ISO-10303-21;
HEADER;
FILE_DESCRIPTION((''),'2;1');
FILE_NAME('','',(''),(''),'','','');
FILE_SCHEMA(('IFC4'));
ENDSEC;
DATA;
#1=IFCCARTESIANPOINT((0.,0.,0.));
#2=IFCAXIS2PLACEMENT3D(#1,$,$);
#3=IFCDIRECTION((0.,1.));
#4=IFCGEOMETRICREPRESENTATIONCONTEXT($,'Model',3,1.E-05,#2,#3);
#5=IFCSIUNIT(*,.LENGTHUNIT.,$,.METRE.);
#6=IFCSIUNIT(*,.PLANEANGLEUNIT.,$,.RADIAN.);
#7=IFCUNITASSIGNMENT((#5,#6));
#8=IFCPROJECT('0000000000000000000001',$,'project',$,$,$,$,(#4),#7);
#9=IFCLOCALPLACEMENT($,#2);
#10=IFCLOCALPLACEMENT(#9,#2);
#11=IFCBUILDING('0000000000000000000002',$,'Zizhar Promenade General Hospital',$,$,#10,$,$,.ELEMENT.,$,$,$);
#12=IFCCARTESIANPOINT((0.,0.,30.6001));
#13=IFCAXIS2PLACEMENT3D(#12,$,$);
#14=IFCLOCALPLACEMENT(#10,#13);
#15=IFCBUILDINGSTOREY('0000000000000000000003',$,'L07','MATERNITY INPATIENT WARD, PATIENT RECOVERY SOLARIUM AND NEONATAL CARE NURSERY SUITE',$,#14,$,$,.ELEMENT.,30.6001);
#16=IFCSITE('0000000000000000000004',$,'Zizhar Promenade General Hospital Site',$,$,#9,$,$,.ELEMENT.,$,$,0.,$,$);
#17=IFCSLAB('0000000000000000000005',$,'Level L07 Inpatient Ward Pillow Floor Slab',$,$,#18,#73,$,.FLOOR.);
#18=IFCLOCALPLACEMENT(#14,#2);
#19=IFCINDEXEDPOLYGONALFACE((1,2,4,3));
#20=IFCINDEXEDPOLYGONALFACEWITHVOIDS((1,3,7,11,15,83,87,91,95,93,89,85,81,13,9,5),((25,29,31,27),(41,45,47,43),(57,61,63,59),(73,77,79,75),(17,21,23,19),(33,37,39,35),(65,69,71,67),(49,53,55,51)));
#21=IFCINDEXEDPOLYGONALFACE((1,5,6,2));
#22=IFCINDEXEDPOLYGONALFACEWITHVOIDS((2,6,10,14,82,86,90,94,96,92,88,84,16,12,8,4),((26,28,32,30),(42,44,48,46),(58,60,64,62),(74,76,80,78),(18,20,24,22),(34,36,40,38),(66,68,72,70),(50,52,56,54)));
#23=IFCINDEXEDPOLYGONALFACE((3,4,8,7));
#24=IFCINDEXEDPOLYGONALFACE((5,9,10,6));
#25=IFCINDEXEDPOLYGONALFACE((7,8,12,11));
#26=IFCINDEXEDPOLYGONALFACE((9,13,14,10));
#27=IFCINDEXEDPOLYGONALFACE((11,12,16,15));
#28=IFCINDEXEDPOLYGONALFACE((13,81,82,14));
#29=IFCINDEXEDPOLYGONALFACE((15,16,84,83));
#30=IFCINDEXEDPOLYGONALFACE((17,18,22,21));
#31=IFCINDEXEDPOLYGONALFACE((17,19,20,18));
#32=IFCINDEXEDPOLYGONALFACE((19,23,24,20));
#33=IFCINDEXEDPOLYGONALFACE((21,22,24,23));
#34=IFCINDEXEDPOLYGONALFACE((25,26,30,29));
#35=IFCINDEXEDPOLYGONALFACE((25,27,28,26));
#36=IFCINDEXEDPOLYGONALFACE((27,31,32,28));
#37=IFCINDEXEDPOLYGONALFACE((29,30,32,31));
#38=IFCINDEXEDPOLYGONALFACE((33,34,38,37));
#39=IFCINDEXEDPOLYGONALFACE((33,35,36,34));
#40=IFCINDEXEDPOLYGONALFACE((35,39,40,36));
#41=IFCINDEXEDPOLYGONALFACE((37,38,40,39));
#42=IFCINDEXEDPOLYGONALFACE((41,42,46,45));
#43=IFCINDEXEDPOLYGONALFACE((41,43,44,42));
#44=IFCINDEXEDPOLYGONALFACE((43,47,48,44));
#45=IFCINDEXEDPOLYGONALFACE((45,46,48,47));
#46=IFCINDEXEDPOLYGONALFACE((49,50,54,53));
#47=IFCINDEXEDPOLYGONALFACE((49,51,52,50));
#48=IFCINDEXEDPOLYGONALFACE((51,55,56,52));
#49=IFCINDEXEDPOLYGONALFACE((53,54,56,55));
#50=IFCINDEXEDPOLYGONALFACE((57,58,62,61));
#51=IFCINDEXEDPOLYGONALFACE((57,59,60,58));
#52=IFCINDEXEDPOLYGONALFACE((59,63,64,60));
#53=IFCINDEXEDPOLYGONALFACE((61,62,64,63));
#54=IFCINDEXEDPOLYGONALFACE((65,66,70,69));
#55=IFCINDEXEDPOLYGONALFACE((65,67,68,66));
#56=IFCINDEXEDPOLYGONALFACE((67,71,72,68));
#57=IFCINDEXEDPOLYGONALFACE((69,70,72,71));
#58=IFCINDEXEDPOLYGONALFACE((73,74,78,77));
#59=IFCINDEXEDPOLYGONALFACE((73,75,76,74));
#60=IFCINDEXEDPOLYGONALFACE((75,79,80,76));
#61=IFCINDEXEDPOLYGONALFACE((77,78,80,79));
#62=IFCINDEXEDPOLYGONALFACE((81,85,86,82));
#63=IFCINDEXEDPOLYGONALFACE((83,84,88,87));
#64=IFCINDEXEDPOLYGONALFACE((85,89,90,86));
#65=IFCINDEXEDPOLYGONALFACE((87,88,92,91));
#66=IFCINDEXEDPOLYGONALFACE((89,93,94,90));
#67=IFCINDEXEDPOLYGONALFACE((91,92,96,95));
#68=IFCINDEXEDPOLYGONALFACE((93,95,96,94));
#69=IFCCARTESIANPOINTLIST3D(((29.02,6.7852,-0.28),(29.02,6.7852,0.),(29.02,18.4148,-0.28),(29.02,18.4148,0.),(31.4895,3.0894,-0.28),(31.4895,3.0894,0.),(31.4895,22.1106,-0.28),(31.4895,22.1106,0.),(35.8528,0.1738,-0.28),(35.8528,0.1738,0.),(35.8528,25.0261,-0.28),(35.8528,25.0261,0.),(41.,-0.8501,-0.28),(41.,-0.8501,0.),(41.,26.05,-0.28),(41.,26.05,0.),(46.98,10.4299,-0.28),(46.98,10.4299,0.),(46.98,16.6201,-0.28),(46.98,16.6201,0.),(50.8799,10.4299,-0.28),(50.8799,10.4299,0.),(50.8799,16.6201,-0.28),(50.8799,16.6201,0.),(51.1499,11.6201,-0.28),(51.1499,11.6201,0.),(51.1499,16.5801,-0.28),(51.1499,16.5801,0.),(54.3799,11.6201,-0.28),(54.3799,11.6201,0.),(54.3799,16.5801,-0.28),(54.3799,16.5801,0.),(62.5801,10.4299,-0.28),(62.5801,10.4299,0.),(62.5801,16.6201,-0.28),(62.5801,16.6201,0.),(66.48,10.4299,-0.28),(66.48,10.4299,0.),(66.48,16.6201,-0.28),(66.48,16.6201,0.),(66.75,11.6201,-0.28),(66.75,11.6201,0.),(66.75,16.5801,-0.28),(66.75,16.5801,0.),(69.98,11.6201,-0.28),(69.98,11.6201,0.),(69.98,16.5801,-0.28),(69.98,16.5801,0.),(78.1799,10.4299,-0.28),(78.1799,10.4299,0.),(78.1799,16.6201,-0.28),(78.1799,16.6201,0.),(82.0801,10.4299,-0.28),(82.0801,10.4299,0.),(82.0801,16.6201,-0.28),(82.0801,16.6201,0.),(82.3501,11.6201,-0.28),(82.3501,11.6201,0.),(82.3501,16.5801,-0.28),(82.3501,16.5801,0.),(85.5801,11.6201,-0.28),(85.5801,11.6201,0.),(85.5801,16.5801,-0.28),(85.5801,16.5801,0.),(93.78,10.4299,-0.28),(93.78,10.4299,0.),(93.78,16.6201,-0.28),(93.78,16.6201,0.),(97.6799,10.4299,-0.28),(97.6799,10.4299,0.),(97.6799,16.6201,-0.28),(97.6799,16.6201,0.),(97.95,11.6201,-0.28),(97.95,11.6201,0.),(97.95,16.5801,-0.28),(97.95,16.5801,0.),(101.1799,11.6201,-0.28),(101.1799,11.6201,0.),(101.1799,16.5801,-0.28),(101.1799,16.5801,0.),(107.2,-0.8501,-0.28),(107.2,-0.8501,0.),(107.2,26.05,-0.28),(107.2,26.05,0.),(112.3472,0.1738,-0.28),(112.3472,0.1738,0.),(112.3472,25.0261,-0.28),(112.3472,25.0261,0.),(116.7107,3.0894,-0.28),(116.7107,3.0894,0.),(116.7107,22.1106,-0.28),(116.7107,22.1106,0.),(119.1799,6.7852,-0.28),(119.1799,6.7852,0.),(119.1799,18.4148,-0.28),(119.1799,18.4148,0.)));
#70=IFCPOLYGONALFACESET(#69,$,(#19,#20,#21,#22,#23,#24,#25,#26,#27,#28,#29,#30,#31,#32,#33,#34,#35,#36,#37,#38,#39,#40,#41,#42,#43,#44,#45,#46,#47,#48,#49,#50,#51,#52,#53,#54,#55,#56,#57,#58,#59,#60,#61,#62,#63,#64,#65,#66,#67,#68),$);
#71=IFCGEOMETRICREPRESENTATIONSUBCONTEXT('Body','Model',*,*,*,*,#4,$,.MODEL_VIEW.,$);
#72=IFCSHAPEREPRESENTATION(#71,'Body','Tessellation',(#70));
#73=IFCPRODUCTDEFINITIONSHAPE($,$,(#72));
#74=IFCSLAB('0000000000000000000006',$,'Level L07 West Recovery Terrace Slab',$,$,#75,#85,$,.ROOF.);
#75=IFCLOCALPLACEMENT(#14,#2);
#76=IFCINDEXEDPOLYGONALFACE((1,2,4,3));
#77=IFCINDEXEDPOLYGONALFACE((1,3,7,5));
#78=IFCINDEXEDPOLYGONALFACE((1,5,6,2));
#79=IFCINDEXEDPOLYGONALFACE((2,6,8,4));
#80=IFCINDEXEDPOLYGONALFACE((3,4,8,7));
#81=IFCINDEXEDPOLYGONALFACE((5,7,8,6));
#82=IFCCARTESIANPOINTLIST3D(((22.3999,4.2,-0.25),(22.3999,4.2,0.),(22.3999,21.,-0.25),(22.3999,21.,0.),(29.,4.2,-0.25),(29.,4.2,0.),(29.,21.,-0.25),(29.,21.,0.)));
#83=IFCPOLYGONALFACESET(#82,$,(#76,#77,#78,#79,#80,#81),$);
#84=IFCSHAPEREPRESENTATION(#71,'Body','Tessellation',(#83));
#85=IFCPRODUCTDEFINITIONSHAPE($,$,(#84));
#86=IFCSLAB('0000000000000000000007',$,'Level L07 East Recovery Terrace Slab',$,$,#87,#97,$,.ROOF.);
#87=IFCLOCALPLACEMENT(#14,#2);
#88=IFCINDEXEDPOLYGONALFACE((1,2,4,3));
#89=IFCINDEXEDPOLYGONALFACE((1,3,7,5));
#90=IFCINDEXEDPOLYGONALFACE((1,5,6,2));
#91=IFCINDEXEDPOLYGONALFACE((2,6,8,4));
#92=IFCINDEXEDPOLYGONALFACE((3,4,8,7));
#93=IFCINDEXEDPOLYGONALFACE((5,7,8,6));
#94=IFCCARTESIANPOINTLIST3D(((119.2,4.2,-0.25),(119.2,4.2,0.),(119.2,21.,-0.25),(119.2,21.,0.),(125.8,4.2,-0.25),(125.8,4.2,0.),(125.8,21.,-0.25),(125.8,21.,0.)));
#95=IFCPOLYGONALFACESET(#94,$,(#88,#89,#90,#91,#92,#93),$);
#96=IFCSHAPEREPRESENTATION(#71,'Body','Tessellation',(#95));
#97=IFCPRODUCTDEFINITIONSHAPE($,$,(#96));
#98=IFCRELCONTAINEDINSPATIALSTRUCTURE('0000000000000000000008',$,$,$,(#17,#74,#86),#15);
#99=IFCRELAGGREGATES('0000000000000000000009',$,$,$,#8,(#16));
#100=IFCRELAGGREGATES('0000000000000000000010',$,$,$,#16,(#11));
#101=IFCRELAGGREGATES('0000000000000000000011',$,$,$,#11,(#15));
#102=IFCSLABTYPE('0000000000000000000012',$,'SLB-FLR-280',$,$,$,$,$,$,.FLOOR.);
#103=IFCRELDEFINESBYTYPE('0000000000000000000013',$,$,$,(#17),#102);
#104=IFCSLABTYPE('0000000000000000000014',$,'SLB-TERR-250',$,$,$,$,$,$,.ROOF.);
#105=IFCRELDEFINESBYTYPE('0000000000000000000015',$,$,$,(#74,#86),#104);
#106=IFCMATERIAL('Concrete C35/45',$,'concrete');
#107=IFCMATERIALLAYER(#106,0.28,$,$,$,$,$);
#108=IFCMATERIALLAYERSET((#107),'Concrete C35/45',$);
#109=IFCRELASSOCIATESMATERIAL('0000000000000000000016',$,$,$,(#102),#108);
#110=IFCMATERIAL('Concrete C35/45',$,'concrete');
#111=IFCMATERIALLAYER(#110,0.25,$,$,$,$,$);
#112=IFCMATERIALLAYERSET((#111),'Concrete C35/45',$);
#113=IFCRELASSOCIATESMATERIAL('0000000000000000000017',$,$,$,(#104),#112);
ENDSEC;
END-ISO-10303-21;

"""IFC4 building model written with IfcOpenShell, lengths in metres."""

from ifc_helpers import new_model, si_unit, direction, frame, origin, place, context, subcontext, project, spatial, polyline, outline, extrude, material, layer, layer_set, type_object, element, save


model = new_model("IFC4")

# Units and contexts
model_context = context("Model", 3, precision=1e-05, world=origin(), true_north=direction((0.0, 1.0)))
body_context = subcontext(model_context, "Body", "Model", "MODEL_VIEW")
ifc_project = project(units=[si_unit("LENGTHUNIT", "METRE"), si_unit("PLANEANGLEUNIT", "RADIAN")], contexts=[model_context])

# Site, building, storey
site_placement = place(None, origin())
site = spatial("IfcSite", under=ifc_project, at=site_placement, Name="Zizhar Promenade General Hospital Site", CompositionType="ELEMENT", RefElevation=0.0)
building_placement = place(site_placement, origin())
building = spatial("IfcBuilding", under=site, at=building_placement, Name="Zizhar Promenade General Hospital", CompositionType="ELEMENT")
storey_placement = place(building_placement, frame((0.0, 0.0, 30.6001)))
storey = spatial("IfcBuildingStorey", under=building, at=storey_placement, Name="L07", Description="MATERNITY INPATIENT WARD, PATIENT RECOVERY SOLARIUM AND NEONATAL CARE NURSERY SUITE", CompositionType="ELEMENT", Elevation=30.6001)

# Slabs
ifc_material_1 = material(Name="Concrete C35/45", Category="concrete")
ifc_layer_1 = layer(ifc_material_1, 0.28)
ifc_layer_set_1 = layer_set([ifc_layer_1], Name="Concrete C35/45")
slab_type_1 = type_object("IfcSlabType", Name="SLB-FLR-280", PredefinedType="FLOOR", material=ifc_layer_set_1)
slab_1_placement = place(storey_placement, frame((0.0, 0.0, -0.28)))
element("IfcSlab", 1, at=slab_1_placement, inside=storey, type_object=slab_type_1, Name="Level L07 Inpatient Ward Pillow Floor Slab", PredefinedType="FLOOR", context=body_context, shape_type="SweptSolid", body=[
    extrude(outline(polyline([(35.8528, 25.0261), (41.0, 26.05), (107.2, 26.05), (112.3472, 25.0261), (116.7107, 22.1106), (119.1799, 18.4148), (119.1799, 6.7852), (116.7107, 3.0894), (112.3472, 0.1738), (107.2, -0.8501), (41.0, -0.8501), (35.8528, 0.1738), (31.4895, 3.0894), (29.02, 6.7852), (29.02, 18.4148), (31.4895, 22.1106), (35.8528, 25.0261)]), holes=[polyline([(46.98, 10.4299), (46.98, 16.6201), (50.8799, 16.6201), (50.8799, 10.4299), (46.98, 10.4299)]), polyline([(51.1499, 11.6201), (51.1499, 16.5801), (54.3799, 16.5801), (54.3799, 11.6201), (51.1499, 11.6201)]), polyline([(62.5801, 10.4299), (62.5801, 16.6201), (66.48, 16.6201), (66.48, 10.4299), (62.5801, 10.4299)]), polyline([(66.75, 11.6201), (66.75, 16.5801), (69.98, 16.5801), (69.98, 11.6201), (66.75, 11.6201)]), polyline([(78.1799, 10.4299), (78.1799, 16.6201), (82.0801, 16.6201), (82.0801, 10.4299), (78.1799, 10.4299)]), polyline([(82.3501, 11.6201), (82.3501, 16.5801), (85.5801, 16.5801), (85.5801, 11.6201), (82.3501, 11.6201)]), polyline([(93.78, 10.4299), (93.78, 16.6201), (97.6799, 16.6201), (97.6799, 10.4299), (93.78, 10.4299)]), polyline([(97.95, 11.6201), (97.95, 16.5801), (101.1799, 16.5801), (101.1799, 11.6201), (97.95, 11.6201)])]), origin(), (0.0, 0.0, 1.0), 0.28),
])
ifc_material_2 = material(Name="Concrete C35/45", Category="concrete")
ifc_layer_2 = layer(ifc_material_2, 0.25)
ifc_layer_set_2 = layer_set([ifc_layer_2], Name="Concrete C35/45")
slab_type_2 = type_object("IfcSlabType", Name="SLB-TERR-250", PredefinedType="ROOF", material=ifc_layer_set_2)
slab_2_placement = place(storey_placement, frame((0.0, 0.0, -0.25)))
element("IfcSlab", 2, at=slab_2_placement, inside=storey, type_object=slab_type_2, Name="Level L07 West Recovery Terrace Slab", PredefinedType="ROOF", context=body_context, shape_type="SweptSolid", body=[
    extrude(outline(polyline([(22.3999, 4.2), (29.0, 4.2), (29.0, 21.0), (22.3999, 21.0), (22.3999, 4.2)])), origin(), (0.0, 0.0, 1.0), 0.25),
])
slab_3_placement = place(storey_placement, frame((0.0, 0.0, -0.25)))
element("IfcSlab", 3, at=slab_3_placement, inside=storey, type_object=slab_type_2, Name="Level L07 East Recovery Terrace Slab", PredefinedType="ROOF", context=body_context, shape_type="SweptSolid", body=[
    extrude(outline(polyline([(119.2, 4.2), (125.8, 4.2), (125.8, 21.0), (119.2, 21.0), (119.2, 4.2)])), origin(), (0.0, 0.0, 1.0), 0.25),
])

save(model, "model.ifc")
